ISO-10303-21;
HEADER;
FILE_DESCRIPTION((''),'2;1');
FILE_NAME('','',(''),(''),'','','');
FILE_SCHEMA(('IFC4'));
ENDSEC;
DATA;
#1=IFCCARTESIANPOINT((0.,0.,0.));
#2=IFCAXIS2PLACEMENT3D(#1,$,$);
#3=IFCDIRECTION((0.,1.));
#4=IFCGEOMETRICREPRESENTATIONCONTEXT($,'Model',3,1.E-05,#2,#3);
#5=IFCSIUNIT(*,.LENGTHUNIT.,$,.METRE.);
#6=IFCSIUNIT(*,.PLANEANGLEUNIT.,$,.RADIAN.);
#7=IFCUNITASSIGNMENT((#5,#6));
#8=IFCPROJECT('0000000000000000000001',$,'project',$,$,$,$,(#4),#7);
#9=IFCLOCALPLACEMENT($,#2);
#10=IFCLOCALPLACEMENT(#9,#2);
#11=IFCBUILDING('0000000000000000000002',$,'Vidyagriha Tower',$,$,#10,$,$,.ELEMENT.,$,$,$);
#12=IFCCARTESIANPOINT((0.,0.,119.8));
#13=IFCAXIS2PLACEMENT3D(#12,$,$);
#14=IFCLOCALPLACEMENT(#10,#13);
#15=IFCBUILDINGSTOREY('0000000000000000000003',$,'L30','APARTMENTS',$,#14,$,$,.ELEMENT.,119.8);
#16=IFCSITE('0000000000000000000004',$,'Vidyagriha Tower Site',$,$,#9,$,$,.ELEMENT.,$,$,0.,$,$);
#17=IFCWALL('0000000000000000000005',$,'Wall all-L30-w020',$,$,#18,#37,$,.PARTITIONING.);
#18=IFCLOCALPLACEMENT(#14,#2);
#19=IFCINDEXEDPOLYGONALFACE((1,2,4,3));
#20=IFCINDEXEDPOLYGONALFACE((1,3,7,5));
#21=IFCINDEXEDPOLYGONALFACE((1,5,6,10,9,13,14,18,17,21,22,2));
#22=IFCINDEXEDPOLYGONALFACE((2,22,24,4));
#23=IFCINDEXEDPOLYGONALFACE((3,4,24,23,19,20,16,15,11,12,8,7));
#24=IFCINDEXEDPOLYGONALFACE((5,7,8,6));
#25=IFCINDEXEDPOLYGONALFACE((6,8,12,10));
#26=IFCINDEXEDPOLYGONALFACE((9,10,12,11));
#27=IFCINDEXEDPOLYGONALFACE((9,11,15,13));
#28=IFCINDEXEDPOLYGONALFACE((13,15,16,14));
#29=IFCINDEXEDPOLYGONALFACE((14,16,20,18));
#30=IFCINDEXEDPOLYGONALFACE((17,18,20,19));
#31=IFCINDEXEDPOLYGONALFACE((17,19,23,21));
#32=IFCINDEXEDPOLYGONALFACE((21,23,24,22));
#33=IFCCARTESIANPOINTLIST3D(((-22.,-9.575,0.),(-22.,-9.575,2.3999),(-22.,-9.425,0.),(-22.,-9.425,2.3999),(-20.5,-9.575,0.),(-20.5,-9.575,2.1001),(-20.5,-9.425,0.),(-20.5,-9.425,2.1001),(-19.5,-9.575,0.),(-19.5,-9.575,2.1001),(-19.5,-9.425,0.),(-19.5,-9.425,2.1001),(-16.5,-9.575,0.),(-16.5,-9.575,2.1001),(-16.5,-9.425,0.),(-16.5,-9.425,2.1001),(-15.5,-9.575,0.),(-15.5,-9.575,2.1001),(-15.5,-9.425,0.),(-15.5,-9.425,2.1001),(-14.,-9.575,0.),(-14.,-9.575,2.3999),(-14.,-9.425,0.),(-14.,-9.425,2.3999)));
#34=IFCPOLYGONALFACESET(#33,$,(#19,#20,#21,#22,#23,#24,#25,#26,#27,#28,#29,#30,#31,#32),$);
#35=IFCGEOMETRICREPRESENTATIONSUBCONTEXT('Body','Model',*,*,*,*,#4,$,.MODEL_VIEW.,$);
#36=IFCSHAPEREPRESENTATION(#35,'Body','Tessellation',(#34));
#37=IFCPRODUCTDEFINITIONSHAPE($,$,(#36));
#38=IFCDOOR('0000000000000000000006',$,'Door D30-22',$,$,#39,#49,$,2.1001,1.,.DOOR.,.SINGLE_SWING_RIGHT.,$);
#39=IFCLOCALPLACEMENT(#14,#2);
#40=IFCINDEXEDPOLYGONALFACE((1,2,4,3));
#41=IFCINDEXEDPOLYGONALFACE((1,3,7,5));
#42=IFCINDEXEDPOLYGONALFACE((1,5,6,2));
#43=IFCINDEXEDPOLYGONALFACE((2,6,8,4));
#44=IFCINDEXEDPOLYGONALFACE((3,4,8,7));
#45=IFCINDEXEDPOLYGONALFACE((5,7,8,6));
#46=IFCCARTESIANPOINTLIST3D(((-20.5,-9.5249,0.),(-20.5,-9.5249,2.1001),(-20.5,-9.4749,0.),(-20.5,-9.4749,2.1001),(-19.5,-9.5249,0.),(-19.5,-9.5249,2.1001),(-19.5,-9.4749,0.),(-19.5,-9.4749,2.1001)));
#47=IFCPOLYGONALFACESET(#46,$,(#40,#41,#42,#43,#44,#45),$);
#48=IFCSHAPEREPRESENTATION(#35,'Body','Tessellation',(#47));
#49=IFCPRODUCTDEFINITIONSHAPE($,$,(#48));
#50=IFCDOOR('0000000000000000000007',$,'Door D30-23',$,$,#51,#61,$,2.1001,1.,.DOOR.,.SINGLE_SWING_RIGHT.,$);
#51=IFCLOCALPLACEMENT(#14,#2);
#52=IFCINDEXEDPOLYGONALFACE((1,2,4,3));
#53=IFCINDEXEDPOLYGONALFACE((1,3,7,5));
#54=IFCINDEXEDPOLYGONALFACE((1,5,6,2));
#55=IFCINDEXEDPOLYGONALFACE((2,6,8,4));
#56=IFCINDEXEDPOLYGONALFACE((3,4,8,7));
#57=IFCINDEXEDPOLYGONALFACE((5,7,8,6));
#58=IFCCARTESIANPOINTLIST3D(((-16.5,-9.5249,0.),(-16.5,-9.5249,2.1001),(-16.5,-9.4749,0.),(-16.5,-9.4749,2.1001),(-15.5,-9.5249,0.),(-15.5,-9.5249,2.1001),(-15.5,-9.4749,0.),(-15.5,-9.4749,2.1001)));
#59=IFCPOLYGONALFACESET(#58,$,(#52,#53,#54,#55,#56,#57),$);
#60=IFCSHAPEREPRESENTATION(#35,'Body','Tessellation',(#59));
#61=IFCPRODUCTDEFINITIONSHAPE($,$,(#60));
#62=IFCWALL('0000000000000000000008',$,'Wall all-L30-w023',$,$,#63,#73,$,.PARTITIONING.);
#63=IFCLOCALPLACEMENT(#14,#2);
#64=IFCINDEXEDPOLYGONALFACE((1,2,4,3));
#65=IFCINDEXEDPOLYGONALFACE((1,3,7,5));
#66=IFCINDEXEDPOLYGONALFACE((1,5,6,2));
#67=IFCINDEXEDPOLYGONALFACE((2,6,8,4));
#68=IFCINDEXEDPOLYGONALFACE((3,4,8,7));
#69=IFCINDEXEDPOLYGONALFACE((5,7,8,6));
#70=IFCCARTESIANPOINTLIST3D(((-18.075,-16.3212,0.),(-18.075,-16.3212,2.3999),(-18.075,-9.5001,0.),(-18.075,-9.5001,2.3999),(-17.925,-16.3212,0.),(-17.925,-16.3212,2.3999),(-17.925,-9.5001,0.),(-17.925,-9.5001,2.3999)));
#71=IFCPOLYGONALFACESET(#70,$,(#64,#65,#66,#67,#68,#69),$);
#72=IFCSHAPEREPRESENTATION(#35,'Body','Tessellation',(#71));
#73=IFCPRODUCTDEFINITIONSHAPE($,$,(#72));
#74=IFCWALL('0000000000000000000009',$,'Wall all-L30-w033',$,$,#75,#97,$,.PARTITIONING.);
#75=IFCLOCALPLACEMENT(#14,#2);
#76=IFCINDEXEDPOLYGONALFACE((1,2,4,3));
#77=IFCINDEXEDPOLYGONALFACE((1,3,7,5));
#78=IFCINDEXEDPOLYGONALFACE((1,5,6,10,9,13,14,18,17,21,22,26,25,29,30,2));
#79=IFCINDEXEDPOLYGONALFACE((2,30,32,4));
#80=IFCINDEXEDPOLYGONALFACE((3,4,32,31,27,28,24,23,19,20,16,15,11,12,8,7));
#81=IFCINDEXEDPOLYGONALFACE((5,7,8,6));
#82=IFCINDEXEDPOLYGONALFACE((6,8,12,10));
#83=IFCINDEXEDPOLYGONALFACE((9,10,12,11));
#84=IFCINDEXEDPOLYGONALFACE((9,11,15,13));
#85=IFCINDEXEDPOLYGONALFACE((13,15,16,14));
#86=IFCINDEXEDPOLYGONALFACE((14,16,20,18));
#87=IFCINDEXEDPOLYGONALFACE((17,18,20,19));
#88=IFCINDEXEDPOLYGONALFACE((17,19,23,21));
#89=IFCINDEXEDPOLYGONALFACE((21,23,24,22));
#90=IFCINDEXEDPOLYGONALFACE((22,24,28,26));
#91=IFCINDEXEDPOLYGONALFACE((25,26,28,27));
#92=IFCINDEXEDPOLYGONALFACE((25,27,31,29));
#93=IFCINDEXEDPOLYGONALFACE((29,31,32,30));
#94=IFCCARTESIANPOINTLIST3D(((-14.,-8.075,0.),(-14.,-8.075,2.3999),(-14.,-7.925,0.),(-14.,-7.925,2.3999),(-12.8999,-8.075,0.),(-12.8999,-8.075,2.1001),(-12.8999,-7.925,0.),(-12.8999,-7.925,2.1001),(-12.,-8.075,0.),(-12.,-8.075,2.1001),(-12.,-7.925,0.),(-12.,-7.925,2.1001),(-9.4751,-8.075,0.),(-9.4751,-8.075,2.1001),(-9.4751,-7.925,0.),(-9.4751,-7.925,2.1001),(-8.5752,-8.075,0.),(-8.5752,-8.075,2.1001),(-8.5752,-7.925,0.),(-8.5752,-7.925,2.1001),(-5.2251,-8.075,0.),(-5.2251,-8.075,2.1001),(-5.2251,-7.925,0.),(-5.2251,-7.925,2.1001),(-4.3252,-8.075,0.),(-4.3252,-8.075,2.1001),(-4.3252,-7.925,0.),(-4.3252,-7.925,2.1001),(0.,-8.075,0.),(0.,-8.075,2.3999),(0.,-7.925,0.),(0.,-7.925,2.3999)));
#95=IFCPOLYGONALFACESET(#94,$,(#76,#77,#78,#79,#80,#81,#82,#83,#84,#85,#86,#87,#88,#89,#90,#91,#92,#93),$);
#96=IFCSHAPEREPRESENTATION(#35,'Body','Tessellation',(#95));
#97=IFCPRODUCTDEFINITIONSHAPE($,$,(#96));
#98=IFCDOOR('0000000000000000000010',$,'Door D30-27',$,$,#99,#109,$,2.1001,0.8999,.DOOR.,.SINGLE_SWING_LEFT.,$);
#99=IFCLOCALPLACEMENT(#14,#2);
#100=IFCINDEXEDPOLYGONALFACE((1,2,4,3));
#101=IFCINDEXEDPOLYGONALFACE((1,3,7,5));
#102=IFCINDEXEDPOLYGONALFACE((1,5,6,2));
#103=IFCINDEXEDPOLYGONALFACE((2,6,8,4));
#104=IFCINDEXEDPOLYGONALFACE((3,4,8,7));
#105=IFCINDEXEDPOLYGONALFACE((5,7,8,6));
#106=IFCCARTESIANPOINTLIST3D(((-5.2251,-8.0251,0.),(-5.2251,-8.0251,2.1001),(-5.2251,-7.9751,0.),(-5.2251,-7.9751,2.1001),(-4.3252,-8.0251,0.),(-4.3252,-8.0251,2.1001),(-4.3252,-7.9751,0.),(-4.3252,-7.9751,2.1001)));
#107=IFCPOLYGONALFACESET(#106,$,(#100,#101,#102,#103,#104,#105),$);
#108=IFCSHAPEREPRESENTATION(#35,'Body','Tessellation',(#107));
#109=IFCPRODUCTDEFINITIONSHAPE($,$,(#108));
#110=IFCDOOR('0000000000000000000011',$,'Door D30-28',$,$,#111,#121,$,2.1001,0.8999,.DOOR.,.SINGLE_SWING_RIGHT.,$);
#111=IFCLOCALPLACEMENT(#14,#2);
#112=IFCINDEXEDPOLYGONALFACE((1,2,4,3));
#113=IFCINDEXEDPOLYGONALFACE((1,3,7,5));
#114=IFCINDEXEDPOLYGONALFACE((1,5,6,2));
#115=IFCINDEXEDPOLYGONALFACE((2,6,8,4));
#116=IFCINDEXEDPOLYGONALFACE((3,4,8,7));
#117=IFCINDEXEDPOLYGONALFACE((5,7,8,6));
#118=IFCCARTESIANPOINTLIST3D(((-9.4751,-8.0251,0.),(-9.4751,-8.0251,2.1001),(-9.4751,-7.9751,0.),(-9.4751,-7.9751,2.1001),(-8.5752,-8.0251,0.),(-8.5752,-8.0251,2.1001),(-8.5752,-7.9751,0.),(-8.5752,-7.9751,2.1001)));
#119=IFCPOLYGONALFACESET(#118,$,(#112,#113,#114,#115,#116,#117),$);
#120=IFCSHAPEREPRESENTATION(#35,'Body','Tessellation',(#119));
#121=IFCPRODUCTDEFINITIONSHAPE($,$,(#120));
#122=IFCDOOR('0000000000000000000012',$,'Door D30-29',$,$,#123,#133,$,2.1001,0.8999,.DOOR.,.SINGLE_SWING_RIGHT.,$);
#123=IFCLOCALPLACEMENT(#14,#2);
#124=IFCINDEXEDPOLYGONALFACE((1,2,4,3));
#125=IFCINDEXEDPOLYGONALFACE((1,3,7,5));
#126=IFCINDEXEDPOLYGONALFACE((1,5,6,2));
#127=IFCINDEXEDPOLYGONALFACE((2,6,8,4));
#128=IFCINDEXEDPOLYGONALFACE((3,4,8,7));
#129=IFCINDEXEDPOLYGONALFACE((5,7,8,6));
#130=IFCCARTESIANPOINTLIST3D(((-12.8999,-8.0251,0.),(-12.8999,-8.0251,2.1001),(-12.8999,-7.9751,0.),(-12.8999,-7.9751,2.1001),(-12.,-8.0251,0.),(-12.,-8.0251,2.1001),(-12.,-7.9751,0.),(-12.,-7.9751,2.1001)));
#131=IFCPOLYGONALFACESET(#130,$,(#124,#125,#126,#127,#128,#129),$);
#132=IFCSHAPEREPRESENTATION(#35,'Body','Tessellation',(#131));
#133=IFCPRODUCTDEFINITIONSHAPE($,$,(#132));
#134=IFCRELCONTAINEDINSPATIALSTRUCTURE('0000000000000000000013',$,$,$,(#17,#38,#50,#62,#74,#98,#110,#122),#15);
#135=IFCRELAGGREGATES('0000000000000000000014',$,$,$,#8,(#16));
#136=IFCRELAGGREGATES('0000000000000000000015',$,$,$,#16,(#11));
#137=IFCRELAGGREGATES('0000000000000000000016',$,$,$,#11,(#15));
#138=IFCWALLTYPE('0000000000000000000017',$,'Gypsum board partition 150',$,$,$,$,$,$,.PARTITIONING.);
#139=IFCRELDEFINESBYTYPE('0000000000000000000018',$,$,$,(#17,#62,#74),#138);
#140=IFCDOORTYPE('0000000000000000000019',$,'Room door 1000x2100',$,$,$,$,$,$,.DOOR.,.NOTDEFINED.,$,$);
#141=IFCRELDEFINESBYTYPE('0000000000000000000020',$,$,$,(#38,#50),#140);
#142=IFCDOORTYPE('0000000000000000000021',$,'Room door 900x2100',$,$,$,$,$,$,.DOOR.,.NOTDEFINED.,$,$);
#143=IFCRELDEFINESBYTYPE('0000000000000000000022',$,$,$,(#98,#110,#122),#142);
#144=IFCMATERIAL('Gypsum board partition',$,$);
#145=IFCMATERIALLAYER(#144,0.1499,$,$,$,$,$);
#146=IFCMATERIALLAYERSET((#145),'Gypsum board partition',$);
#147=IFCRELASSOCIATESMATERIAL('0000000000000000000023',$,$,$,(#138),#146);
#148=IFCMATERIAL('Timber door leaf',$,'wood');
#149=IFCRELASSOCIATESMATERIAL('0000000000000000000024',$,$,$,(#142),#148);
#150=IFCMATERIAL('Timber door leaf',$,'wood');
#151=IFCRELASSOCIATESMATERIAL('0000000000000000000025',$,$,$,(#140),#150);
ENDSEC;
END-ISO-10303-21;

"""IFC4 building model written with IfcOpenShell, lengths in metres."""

from ifc_helpers import new_model, si_unit, direction, frame, frame_2d, origin, place, context, subcontext, project, spatial, rectangle, extrude, material, layer, layer_set, type_object, element, fill, save


model = new_model("IFC4")

# Units and contexts
model_context = context("Model", 3, precision=1e-05, world=origin(), true_north=direction((0.0, 1.0)))
body_context = subcontext(model_context, "Body", "Model", "MODEL_VIEW")
ifc_project = project(units=[si_unit("LENGTHUNIT", "METRE"), si_unit("PLANEANGLEUNIT", "RADIAN")], contexts=[model_context])

# Site, building, storey
site_placement = place(None, origin())
site = spatial("IfcSite", under=ifc_project, at=site_placement, Name="Vidyagriha Tower Site", CompositionType="ELEMENT", RefElevation=0.0)
building_placement = place(site_placement, origin())
building = spatial("IfcBuilding", under=site, at=building_placement, Name="Vidyagriha Tower", CompositionType="ELEMENT")
storey_placement = place(building_placement, frame((0.0, 0.0, 119.8)))
storey = spatial("IfcBuildingStorey", under=building, at=storey_placement, Name="L30", Description="APARTMENTS", CompositionType="ELEMENT", Elevation=119.8)

# Shared definitions
ifc_material_1 = material(Name="Gypsum board partition")
ifc_layer_1 = layer(ifc_material_1, 0.1499)
ifc_layer_set_1 = layer_set([ifc_layer_1], Name="Gypsum board partition")
wall_type_1 = type_object("IfcWallType", Name="Gypsum board partition 150", PredefinedType="PARTITIONING", material=ifc_layer_set_1)

# Shared definitions
ifc_material_2 = material(Name="Timber door leaf", Category="wood")
door_type_1 = type_object("IfcDoorType", Name="Room door 900x2100", OperationType="NOTDEFINED", PredefinedType="DOOR", material=ifc_material_2)

# Wall, openings, doors
wall_1_placement = place(storey_placement, frame((-14.0, -9.5, 0.0), z_axis=(0.0, 0.0, 1.0), x_axis=(-1.0, 0.0, 0.0)))
wall_1 = element("IfcWall", 1, at=wall_1_placement, inside=storey, type_object=wall_type_1, Name="Wall all-L30-w020", PredefinedType="PARTITIONING", context=body_context, shape_type="SweptSolid", body=[
    extrude(rectangle(XDim=8.0, YDim=0.1499, at=frame_2d((4.0, 0.0))), origin(), (0.0, 0.0, 1.0), 2.3999),
])
opening_1_placement = place(wall_1_placement, frame((5.5, 0.0, 0.0)))
opening_1 = element("IfcOpeningElement", 2, at=opening_1_placement, cuts=wall_1, PredefinedType="OPENING", context=body_context, shape_type="SweptSolid", body=[
    extrude(rectangle(XDim=1.0, YDim=2.1001, at=frame_2d((0.5, 1.05))), frame((0.0, 0.085, 0.0), z_axis=(0.0, -1.0, 0.0), x_axis=(1.0, 0.0, 0.0)), (0.0, 0.0, 1.0), 0.1699),
])
opening_2_placement = place(wall_1_placement, frame((1.5, 0.0, 0.0)))
opening_2 = element("IfcOpeningElement", 3, at=opening_2_placement, cuts=wall_1, PredefinedType="OPENING", context=body_context, shape_type="SweptSolid", body=[
    extrude(rectangle(XDim=1.0, YDim=2.1001, at=frame_2d((0.5, 1.05))), frame((0.0, 0.085, 0.0), z_axis=(0.0, -1.0, 0.0), x_axis=(1.0, 0.0, 0.0)), (0.0, 0.0, 1.0), 0.1699),
])
ifc_material_3 = material(Name="Timber door leaf", Category="wood")
door_type_2 = type_object("IfcDoorType", Name="Room door 1000x2100", OperationType="NOTDEFINED", PredefinedType="DOOR", material=ifc_material_3)
door_1_placement = place(opening_1_placement, origin())
door_1 = element("IfcDoor", 4, at=door_1_placement, inside=storey, type_object=door_type_2, Name="Door D30-22", OperationType="SINGLE_SWING_RIGHT", OverallHeight=2.1001, OverallWidth=1.0, PredefinedType="DOOR", context=body_context, shape_type="SweptSolid", body=[
    extrude(rectangle(XDim=1.0, YDim=2.1001, at=frame_2d((0.5, 1.05))), frame((0.0, 0.0249, 0.0), z_axis=(0.0, -1.0, 0.0), x_axis=(1.0, 0.0, 0.0)), (0.0, 0.0, 1.0), 0.05),
])
fill(opening_1, door_1)
door_2_placement = place(opening_2_placement, origin())
door_2 = element("IfcDoor", 5, at=door_2_placement, inside=storey, type_object=door_type_2, Name="Door D30-23", OperationType="SINGLE_SWING_RIGHT", OverallHeight=2.1001, OverallWidth=1.0, PredefinedType="DOOR", context=body_context, shape_type="SweptSolid", body=[
    extrude(rectangle(XDim=1.0, YDim=2.1001, at=frame_2d((0.5, 1.05))), frame((0.0, 0.0249, 0.0), z_axis=(0.0, -1.0, 0.0), x_axis=(1.0, 0.0, 0.0)), (0.0, 0.0, 1.0), 0.05),
])
fill(opening_2, door_2)

# Wall
wall_2_placement = place(storey_placement, frame((-18.0, -9.5, 0.0), z_axis=(0.0, 0.0, 1.0), x_axis=(0.0, -1.0, 0.0)))
element("IfcWall", 6, at=wall_2_placement, inside=storey, type_object=wall_type_1, Name="Wall all-L30-w023", PredefinedType="PARTITIONING", context=body_context, shape_type="SweptSolid", body=[
    extrude(rectangle(XDim=6.821, YDim=0.1499, at=frame_2d((3.4106, 0.0))), origin(), (0.0, 0.0, 1.0), 2.3999),
])

# Wall, openings, doors
wall_3_placement = place(storey_placement, frame((-14.0, -8.0, 0.0)))
wall_3 = element("IfcWall", 7, at=wall_3_placement, inside=storey, type_object=wall_type_1, Name="Wall all-L30-w033", PredefinedType="PARTITIONING", context=body_context, shape_type="SweptSolid", body=[
    extrude(rectangle(XDim=14.0, YDim=0.1499, at=frame_2d((7.0, 0.0))), origin(), (0.0, 0.0, 1.0), 2.3999),
])
opening_3_placement = place(wall_3_placement, frame((8.7749, 0.0, 0.0)))
opening_3 = element("IfcOpeningElement", 8, at=opening_3_placement, cuts=wall_3, PredefinedType="OPENING", context=body_context, shape_type="SweptSolid", body=[
    extrude(rectangle(XDim=0.8999, YDim=2.1001, at=frame_2d((0.45, 1.05))), frame((0.0, 0.085, 0.0), z_axis=(0.0, -1.0, 0.0), x_axis=(1.0, 0.0, 0.0)), (0.0, 0.0, 1.0), 0.1699),
])
opening_4_placement = place(wall_3_placement, frame((4.5249, 0.0, 0.0)))
opening_4 = element("IfcOpeningElement", 9, at=opening_4_placement, cuts=wall_3, PredefinedType="OPENING", context=body_context, shape_type="SweptSolid", body=[
    extrude(rectangle(XDim=0.8999, YDim=2.1001, at=frame_2d((0.45, 1.05))), frame((0.0, 0.085, 0.0), z_axis=(0.0, -1.0, 0.0), x_axis=(1.0, 0.0, 0.0)), (0.0, 0.0, 1.0), 0.1699),
])
opening_5_placement = place(wall_3_placement, frame((1.1001, 0.0, 0.0)))
opening_5 = element("IfcOpeningElement", 10, at=opening_5_placement, cuts=wall_3, PredefinedType="OPENING", context=body_context, shape_type="SweptSolid", body=[
    extrude(rectangle(XDim=0.8999, YDim=2.1001, at=frame_2d((0.45, 1.05))), frame((0.0, 0.085, 0.0), z_axis=(0.0, -1.0, 0.0), x_axis=(1.0, 0.0, 0.0)), (0.0, 0.0, 1.0), 0.1699),
])
door_3_placement = place(opening_3_placement, origin())
door_3 = element("IfcDoor", 11, at=door_3_placement, inside=storey, type_object=door_type_1, Name="Door D30-27", OperationType="SINGLE_SWING_LEFT", OverallHeight=2.1001, OverallWidth=0.8999, PredefinedType="DOOR", context=body_context, shape_type="SweptSolid", body=[
    extrude(rectangle(XDim=0.8999, YDim=2.1001, at=frame_2d((0.45, 1.05))), frame((0.0, 0.0249, 0.0), z_axis=(0.0, -1.0, 0.0), x_axis=(1.0, 0.0, 0.0)), (0.0, 0.0, 1.0), 0.05),
])
fill(opening_3, door_3)
door_4_placement = place(opening_4_placement, origin())
door_4 = element("IfcDoor", 12, at=door_4_placement, inside=storey, type_object=door_type_1, Name="Door D30-28", OperationType="SINGLE_SWING_RIGHT", OverallHeight=2.1001, OverallWidth=0.8999, PredefinedType="DOOR", context=body_context, shape_type="SweptSolid", body=[
    extrude(rectangle(XDim=0.8999, YDim=2.1001, at=frame_2d((0.45, 1.05))), frame((0.0, 0.0249, 0.0), z_axis=(0.0, -1.0, 0.0), x_axis=(1.0, 0.0, 0.0)), (0.0, 0.0, 1.0), 0.05),
])
fill(opening_4, door_4)
door_5_placement = place(opening_5_placement, origin())
door_5 = element("IfcDoor", 13, at=door_5_placement, inside=storey, type_object=door_type_1, Name="Door D30-29", OperationType="SINGLE_SWING_RIGHT", OverallHeight=2.1001, OverallWidth=0.8999, PredefinedType="DOOR", context=body_context, shape_type="SweptSolid", body=[
    extrude(rectangle(XDim=0.8999, YDim=2.1001, at=frame_2d((0.45, 1.05))), frame((0.0, 0.0249, 0.0), z_axis=(0.0, -1.0, 0.0), x_axis=(1.0, 0.0, 0.0)), (0.0, 0.0, 1.0), 0.05),
])
fill(opening_5, door_5)

save(model, "model.ifc")
